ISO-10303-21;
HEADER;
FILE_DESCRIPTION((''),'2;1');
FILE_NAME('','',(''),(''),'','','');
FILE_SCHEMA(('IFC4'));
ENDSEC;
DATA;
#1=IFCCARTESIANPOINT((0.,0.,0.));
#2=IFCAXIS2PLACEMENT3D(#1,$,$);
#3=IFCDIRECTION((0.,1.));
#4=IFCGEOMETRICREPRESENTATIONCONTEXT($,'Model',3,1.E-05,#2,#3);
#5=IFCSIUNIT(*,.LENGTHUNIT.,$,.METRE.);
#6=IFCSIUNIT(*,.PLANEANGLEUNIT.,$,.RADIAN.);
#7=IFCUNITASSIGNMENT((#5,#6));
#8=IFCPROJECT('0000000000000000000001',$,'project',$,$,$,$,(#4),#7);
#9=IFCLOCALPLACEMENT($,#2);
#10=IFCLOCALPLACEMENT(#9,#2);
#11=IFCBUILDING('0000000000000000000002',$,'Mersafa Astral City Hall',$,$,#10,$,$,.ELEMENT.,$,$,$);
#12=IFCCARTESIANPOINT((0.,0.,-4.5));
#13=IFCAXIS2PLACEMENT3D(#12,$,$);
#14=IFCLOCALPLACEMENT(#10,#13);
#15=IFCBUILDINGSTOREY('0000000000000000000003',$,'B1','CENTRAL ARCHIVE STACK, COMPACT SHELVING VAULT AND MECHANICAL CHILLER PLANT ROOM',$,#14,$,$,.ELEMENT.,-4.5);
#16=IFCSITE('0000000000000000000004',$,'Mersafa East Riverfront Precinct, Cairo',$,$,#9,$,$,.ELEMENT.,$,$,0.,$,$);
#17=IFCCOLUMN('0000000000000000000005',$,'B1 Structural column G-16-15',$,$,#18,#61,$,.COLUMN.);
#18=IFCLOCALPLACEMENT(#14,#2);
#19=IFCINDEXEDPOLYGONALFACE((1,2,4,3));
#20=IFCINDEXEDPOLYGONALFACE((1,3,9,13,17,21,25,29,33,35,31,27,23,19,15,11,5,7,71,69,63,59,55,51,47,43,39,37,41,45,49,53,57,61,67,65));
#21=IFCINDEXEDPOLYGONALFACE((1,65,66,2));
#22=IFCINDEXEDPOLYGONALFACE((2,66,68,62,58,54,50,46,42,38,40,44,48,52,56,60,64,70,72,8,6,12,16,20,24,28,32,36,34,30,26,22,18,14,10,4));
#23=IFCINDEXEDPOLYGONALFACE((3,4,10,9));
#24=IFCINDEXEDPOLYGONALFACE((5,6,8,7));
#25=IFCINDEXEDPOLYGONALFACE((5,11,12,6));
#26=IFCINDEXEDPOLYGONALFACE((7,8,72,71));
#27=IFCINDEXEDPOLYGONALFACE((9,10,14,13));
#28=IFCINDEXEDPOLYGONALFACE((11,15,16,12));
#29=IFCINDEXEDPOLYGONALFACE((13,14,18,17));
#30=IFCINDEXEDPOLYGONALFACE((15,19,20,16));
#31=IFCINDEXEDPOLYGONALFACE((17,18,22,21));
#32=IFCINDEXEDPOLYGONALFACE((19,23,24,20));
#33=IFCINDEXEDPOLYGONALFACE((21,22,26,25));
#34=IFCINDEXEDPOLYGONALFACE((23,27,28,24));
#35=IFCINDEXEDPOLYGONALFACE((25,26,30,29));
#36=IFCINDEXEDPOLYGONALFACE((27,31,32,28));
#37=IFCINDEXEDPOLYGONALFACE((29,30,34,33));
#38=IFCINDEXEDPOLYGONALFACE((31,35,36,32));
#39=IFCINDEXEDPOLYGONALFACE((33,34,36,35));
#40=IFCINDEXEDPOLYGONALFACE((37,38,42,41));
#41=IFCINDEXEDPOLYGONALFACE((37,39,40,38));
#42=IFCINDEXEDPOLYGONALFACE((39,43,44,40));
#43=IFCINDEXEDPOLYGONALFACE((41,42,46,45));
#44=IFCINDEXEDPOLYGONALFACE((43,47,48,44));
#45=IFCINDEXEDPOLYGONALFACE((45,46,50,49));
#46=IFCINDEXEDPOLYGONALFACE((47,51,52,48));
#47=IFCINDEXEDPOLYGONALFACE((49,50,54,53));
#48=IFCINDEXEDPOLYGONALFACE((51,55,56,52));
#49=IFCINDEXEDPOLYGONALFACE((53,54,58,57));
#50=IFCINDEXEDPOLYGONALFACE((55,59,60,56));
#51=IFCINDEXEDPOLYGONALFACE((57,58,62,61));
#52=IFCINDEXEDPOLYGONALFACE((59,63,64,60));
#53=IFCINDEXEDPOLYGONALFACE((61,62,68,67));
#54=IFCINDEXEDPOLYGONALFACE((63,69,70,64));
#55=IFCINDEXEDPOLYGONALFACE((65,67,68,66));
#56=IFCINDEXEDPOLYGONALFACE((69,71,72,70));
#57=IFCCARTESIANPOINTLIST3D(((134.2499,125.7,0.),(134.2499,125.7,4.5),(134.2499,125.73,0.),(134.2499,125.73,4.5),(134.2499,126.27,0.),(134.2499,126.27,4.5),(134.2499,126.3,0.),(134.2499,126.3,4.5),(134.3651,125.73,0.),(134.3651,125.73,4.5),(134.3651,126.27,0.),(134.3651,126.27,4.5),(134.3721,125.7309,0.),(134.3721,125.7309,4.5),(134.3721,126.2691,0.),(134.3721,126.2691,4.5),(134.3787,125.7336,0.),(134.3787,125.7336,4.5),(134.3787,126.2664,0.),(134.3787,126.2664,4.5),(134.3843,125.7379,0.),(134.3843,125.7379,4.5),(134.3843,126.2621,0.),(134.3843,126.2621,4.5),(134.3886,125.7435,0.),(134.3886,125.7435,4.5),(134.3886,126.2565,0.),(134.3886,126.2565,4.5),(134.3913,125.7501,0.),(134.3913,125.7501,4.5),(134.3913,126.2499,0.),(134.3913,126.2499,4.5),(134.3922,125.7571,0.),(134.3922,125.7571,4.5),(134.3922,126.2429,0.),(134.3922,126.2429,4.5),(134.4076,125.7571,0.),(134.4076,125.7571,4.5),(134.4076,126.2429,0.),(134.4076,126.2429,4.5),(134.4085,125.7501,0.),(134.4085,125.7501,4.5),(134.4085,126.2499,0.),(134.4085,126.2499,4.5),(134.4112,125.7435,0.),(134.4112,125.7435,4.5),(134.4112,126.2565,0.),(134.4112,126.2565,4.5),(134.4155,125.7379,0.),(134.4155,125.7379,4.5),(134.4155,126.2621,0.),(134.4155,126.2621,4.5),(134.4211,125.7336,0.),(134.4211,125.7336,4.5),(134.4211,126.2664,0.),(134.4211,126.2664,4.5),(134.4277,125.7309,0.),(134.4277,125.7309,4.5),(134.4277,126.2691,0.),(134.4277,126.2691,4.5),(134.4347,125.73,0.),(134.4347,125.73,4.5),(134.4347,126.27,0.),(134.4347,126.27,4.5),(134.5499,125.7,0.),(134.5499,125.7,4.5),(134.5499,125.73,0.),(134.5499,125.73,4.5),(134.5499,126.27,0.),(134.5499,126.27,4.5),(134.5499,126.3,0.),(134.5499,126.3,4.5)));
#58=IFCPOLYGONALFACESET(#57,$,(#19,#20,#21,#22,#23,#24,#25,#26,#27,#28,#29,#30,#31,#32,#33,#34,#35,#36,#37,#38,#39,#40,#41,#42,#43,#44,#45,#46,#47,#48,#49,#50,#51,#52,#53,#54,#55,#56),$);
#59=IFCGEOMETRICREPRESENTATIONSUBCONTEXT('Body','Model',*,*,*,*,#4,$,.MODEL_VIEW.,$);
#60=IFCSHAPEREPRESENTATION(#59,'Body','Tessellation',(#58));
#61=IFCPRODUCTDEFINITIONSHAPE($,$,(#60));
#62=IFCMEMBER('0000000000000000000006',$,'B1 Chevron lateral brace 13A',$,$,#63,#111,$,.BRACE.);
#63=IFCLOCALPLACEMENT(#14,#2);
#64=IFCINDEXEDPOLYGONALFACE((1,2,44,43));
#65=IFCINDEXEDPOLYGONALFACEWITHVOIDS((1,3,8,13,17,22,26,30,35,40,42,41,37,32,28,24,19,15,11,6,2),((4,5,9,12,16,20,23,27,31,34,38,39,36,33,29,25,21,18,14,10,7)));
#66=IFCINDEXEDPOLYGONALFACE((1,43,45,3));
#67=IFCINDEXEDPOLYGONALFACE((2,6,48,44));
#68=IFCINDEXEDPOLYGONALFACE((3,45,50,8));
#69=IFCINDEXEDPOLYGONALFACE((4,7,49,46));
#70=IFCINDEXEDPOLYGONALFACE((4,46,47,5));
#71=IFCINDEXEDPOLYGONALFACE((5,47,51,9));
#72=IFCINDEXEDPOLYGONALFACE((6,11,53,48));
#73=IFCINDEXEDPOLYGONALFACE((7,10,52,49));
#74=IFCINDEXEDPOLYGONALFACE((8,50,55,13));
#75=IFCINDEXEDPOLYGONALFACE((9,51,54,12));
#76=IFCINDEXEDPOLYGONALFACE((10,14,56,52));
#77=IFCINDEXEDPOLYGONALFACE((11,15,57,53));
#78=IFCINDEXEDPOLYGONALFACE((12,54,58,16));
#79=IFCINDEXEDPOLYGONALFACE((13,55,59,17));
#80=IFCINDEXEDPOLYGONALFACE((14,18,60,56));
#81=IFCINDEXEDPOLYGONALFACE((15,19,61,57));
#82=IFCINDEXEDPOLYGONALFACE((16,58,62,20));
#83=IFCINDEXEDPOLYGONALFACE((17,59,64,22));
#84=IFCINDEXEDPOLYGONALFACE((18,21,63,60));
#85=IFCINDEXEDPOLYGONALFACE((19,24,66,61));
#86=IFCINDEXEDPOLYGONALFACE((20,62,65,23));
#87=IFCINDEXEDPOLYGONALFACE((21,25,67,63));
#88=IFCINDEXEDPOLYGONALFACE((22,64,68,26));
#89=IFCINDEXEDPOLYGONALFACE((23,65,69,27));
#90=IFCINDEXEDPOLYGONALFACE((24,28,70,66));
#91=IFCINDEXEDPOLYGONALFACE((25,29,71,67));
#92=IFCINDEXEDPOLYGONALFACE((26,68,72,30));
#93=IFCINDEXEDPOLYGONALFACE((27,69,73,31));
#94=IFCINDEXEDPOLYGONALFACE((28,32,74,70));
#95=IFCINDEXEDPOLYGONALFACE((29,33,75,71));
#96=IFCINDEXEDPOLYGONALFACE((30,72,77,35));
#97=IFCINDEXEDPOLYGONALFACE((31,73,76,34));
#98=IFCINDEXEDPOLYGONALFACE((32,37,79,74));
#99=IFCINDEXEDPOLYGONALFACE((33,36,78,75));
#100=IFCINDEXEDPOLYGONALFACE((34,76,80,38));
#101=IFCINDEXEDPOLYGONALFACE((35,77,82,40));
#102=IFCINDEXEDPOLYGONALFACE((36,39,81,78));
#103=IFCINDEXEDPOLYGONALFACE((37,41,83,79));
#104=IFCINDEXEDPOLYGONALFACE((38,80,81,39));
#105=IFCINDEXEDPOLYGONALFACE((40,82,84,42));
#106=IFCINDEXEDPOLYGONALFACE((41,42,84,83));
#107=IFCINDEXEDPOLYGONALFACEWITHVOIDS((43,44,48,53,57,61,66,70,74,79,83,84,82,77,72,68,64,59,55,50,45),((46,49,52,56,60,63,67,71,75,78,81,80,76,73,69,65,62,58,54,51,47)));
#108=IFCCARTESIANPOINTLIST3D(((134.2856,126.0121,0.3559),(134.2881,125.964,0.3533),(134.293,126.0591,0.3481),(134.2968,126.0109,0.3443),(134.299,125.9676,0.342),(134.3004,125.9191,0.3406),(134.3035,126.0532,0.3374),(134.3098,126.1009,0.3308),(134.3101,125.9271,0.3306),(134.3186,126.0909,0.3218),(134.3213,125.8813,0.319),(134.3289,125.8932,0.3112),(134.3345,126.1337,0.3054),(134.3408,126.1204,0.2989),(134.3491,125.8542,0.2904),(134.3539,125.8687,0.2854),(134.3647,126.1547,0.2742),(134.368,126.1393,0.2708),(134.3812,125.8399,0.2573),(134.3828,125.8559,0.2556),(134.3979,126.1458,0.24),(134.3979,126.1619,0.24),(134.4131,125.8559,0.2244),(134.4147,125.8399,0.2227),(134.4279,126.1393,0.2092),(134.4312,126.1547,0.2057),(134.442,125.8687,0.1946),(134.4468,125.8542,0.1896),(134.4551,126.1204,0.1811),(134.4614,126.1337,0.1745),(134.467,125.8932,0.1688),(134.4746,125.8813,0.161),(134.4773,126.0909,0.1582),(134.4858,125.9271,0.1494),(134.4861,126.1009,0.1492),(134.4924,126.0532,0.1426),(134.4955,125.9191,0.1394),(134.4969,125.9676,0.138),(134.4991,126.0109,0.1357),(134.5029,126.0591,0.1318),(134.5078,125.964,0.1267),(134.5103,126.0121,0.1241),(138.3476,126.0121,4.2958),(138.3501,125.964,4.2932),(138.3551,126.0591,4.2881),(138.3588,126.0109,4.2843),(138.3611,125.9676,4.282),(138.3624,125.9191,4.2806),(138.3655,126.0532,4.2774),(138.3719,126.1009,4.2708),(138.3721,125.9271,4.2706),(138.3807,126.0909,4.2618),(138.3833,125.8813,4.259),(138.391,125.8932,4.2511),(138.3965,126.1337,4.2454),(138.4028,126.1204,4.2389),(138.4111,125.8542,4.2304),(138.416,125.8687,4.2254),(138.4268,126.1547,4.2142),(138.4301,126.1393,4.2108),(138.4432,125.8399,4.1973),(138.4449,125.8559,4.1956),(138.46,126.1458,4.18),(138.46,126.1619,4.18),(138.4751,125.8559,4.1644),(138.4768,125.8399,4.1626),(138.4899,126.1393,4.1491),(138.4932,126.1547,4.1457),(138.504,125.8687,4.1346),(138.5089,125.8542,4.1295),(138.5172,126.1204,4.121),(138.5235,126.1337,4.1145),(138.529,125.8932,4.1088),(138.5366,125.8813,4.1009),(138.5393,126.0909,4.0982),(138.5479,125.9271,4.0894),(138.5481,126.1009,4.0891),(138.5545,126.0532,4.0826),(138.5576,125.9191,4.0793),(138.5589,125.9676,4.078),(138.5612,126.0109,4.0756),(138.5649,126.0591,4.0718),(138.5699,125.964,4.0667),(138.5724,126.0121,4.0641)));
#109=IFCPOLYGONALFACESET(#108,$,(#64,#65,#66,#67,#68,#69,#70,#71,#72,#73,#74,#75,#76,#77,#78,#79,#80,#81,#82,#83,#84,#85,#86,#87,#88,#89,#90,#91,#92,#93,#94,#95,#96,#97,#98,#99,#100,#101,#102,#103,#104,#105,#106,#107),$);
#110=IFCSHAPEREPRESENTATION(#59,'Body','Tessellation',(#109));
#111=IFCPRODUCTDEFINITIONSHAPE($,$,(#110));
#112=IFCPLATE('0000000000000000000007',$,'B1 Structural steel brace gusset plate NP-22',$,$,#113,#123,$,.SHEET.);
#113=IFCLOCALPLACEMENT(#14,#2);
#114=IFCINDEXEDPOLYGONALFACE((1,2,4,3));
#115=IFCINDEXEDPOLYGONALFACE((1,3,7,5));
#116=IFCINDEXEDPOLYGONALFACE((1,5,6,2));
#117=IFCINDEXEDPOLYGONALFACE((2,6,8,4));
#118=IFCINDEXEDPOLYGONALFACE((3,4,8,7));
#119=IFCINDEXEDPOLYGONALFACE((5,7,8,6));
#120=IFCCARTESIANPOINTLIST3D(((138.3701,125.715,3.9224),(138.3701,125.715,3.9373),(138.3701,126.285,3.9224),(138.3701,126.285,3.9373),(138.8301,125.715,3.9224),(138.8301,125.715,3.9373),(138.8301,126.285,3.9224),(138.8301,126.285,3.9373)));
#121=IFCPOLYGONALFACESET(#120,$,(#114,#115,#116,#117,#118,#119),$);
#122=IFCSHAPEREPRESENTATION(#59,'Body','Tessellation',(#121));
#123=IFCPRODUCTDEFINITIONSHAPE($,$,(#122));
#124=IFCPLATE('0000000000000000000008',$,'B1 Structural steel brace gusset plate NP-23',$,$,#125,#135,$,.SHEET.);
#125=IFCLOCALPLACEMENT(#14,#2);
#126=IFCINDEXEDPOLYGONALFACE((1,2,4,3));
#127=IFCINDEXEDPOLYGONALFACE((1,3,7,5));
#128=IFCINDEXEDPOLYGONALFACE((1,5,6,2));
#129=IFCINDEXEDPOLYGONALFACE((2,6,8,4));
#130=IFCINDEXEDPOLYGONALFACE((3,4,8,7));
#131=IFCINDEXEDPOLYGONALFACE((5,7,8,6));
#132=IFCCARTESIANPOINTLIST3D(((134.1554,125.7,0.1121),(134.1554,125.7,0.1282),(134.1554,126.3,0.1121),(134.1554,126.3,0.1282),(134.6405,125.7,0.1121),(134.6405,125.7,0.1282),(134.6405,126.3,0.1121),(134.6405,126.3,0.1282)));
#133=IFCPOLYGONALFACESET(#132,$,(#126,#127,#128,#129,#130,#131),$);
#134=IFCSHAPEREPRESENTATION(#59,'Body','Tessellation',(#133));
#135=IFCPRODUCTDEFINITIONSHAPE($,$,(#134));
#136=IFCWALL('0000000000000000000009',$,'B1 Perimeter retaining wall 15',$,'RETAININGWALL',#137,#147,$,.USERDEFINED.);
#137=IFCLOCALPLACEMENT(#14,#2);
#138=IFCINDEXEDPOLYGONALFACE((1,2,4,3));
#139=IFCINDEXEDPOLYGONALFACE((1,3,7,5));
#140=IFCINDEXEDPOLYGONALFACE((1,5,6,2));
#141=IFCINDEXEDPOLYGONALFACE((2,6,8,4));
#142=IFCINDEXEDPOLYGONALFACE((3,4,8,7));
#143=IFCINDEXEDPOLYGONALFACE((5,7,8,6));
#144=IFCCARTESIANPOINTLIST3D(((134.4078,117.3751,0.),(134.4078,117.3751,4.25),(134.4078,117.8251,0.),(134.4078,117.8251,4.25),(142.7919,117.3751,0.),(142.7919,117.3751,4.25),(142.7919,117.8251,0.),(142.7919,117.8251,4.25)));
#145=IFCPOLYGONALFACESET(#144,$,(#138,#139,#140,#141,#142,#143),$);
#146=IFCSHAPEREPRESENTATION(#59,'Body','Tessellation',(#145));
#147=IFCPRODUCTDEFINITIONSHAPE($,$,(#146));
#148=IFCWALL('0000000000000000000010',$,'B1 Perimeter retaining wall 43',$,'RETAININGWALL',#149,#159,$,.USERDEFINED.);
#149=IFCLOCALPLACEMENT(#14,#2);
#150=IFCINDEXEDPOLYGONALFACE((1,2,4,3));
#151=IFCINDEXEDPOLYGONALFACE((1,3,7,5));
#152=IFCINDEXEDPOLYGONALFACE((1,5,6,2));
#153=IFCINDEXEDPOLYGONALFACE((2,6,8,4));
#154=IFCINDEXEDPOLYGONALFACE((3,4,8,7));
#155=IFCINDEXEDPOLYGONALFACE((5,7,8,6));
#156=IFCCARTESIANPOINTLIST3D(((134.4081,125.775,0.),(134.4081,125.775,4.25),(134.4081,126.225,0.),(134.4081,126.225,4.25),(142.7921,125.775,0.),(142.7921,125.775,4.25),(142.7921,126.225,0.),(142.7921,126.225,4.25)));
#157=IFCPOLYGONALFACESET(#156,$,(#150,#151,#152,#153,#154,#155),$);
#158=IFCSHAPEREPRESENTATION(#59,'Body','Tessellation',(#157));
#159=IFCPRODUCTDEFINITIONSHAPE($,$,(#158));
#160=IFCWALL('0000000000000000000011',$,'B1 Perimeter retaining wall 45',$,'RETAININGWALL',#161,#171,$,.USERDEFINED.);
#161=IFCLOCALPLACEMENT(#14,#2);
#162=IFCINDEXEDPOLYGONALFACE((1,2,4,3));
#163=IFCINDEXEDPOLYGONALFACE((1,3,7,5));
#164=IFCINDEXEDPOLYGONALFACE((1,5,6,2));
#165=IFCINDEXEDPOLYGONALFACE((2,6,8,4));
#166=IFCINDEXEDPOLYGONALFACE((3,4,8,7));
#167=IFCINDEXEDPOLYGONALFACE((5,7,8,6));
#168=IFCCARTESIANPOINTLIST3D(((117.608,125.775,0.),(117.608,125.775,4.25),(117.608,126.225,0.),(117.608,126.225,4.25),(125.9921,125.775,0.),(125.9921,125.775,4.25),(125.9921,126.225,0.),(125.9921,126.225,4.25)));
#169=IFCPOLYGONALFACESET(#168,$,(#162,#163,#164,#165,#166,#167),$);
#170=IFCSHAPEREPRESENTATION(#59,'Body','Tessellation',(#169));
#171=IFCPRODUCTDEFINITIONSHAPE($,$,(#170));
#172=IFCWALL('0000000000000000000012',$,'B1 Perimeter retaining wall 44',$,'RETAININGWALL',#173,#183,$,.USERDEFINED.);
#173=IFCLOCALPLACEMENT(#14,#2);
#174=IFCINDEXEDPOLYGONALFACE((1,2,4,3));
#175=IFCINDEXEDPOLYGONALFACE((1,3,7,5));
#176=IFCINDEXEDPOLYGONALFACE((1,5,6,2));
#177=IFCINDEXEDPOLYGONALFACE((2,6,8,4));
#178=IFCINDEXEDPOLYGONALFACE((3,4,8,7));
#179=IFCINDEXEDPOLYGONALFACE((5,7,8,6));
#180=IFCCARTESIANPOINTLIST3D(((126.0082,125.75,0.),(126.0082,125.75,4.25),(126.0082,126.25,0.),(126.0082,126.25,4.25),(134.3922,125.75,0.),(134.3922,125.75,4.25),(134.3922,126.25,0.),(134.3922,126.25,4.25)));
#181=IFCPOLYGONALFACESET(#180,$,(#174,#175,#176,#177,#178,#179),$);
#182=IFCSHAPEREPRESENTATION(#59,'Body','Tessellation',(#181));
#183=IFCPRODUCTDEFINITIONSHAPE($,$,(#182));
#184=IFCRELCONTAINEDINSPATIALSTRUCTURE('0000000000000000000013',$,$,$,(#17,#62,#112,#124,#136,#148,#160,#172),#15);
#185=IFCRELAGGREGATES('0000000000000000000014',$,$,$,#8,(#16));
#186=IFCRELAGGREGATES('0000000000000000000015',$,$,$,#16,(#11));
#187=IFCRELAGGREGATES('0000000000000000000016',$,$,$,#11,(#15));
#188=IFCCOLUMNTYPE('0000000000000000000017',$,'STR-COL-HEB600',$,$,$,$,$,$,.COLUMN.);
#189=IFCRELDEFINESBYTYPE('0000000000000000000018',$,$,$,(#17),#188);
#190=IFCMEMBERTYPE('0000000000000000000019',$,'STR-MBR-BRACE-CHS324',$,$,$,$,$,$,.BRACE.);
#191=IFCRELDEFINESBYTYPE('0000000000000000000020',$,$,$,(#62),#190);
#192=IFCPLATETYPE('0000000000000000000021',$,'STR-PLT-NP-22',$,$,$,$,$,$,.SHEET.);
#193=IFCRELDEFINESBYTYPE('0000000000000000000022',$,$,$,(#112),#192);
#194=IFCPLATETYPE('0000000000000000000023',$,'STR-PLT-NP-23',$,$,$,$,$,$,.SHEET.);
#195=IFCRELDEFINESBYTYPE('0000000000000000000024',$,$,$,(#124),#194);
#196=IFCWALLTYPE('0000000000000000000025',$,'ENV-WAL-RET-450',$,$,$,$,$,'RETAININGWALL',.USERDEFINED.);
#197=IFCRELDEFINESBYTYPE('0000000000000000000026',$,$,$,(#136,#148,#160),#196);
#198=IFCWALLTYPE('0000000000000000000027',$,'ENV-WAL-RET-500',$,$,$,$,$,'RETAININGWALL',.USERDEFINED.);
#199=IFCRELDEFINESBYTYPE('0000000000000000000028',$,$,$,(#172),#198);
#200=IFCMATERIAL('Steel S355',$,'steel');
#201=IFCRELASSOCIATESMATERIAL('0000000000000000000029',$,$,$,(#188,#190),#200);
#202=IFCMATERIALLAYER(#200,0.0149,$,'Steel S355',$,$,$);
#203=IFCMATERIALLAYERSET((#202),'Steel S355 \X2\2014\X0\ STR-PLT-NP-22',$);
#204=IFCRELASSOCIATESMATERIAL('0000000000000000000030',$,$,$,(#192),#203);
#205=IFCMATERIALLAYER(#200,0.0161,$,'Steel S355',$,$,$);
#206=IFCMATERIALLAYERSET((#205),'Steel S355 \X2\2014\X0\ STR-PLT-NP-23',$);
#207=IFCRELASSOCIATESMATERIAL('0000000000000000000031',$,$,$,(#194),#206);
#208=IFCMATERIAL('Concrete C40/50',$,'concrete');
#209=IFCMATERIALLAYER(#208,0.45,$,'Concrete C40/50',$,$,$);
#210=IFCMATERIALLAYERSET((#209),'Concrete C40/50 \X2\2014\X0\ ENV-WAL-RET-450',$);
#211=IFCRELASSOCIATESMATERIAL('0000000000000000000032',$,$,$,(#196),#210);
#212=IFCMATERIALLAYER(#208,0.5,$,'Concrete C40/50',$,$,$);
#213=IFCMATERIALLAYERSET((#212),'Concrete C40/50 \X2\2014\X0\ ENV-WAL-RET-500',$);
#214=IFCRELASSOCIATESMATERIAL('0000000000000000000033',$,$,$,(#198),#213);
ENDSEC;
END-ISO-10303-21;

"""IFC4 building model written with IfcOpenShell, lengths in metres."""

from ifc_helpers import new_model, si_unit, direction, frame, frame_2d, origin, origin_2d, place, context, subcontext, project, spatial, rectangle, hollow_circle, i_section, extrude, material, layer, layer_set, material_profile, profile_set, type_object, element, save


model = new_model("IFC4")

# Units and contexts
model_context = context("Model", 3, precision=1e-05, world=origin(), true_north=direction((0.0, 1.0)))
body_context = subcontext(model_context, "Body", "Model", "MODEL_VIEW")
ifc_project = project(units=[si_unit("LENGTHUNIT", "METRE"), si_unit("PLANEANGLEUNIT", "RADIAN")], contexts=[model_context])

# Site, building, storey
site_placement = place(None, origin())
site = spatial("IfcSite", under=ifc_project, at=site_placement, Name="Mersafa East Riverfront Precinct, Cairo", CompositionType="ELEMENT", RefElevation=0.0)
building_placement = place(site_placement, origin())
building = spatial("IfcBuilding", under=site, at=building_placement, Name="Mersafa Astral City Hall", CompositionType="ELEMENT")
storey_placement = place(building_placement, frame((0.0, 0.0, -4.5)))
storey = spatial("IfcBuildingStorey", under=building, at=storey_placement, Name="B1", Description="CENTRAL ARCHIVE STACK, COMPACT SHELVING VAULT AND MECHANICAL CHILLER PLANT ROOM", CompositionType="ELEMENT", Elevation=-4.5)

# Shared definitions
ifc_material_1 = material(Name="Concrete C40/50", Category="concrete")

# Column
ifc_material_2 = material(Name="Steel S355", Category="steel")
ifc_material_profile_1 = material_profile(ifc_material_2, i_section(OverallWidth=0.3, OverallDepth=0.6001, WebThickness=0.0154, FlangeThickness=0.03, FilletRadius=0.0271, at=origin_2d()), Name="HEB 600")
ifc_profile_set_1 = profile_set([ifc_material_profile_1], Name="Steel S355")
column_type = type_object("IfcColumnType", Name="STR-COL-HEB600", PredefinedType="COLUMN", material=ifc_profile_set_1)
for number, where, z_axis, x_axis, name in (
    (1, (134.3999, 126.0, 0.0), (0.0, 0.0, 1.0), (1.0, 0.0, 0.0), "B1 Structural column G-16-15"),
):
    element("IfcColumn", number, at=place(storey_placement, frame(where, z_axis=z_axis, x_axis=x_axis)), inside=storey, type_object=column_type, Name=name, PredefinedType="COLUMN", context=body_context, shape_type="SweptSolid", body=[
        extrude(i_section(OverallWidth=0.3, OverallDepth=0.6001, WebThickness=0.0154, FlangeThickness=0.03, FilletRadius=0.0271, at=origin_2d()), origin(), (0.0, 0.0, 1.0), 4.5),
    ])

# Member
ifc_material_profile_2 = material_profile(ifc_material_2, hollow_circle(Radius=0.1619, WallThickness=0.0161, at=origin_2d()), Name="CHS 323.9x16")
ifc_profile_set_2 = profile_set([ifc_material_profile_2], Name="Steel S355")
member_type = type_object("IfcMemberType", Name="STR-MBR-BRACE-CHS324", PredefinedType="BRACE", material=ifc_profile_set_2)
member_placement = place(storey_placement, frame((134.3979, 126.0, 0.24), z_axis=(0.71781, 0.0, 0.696239), x_axis=(0.0, 1.0, 0.0)))
element("IfcMember", 2, at=member_placement, inside=storey, type_object=member_type, Name="B1 Chevron lateral brace 13A", PredefinedType="BRACE", context=body_context, shape_type="SweptSolid", body=[
    extrude(hollow_circle(Radius=0.1619, WallThickness=0.0161, at=origin_2d()), origin(), (0.0, 0.0, 1.0), 5.6589),
])

# Plates
ifc_layer_1 = layer(ifc_material_2, 0.0149, Name="Steel S355")
ifc_layer_set_1 = layer_set([ifc_layer_1], Name="Steel S355 — STR-PLT-NP-22")
plate_type_1 = type_object("IfcPlateType", Name="STR-PLT-NP-22", PredefinedType="SHEET", material=ifc_layer_set_1)
plate_1_placement = place(storey_placement, frame((138.6001, 126.0, 3.9224), z_axis=(0.0, 0.0, 1.0), x_axis=(1.0, 0.0, 0.0)))
element("IfcPlate", 3, at=plate_1_placement, inside=storey, type_object=plate_type_1, Name="B1 Structural steel brace gusset plate NP-22", PredefinedType="SHEET", context=body_context, shape_type="SweptSolid", body=[
    extrude(rectangle(XDim=0.46, YDim=0.5701, at=origin_2d()), origin(), (0.0, 0.0, 1.0), 0.0149),
])
ifc_layer_2 = layer(ifc_material_2, 0.0161, Name="Steel S355")
ifc_layer_set_2 = layer_set([ifc_layer_2], Name="Steel S355 — STR-PLT-NP-23")
plate_type_2 = type_object("IfcPlateType", Name="STR-PLT-NP-23", PredefinedType="SHEET", material=ifc_layer_set_2)
plate_2_placement = place(storey_placement, frame((134.3979, 126.0, 0.1121), z_axis=(0.0, 0.0, 1.0), x_axis=(1.0, 0.0, 0.0)))
element("IfcPlate", 4, at=plate_2_placement, inside=storey, type_object=plate_type_2, Name="B1 Structural steel brace gusset plate NP-23", PredefinedType="SHEET", context=body_context, shape_type="SweptSolid", body=[
    extrude(rectangle(XDim=0.4851, YDim=0.6001, at=origin_2d()), origin(), (0.0, 0.0, 1.0), 0.0161),
])

# Walls
ifc_layer_3 = layer(ifc_material_1, 0.45, Name="Concrete C40/50")
ifc_layer_set_3 = layer_set([ifc_layer_3], Name="Concrete C40/50 — ENV-WAL-RET-450")
wall_type_1 = type_object("IfcWallType", Name="ENV-WAL-RET-450", ElementType="RETAININGWALL", PredefinedType="USERDEFINED", material=ifc_layer_set_3)
for number, where, z_axis, x_axis, name in (
    (5, (134.408, 117.6001, 0.0), (0.0, 0.0, 1.0), (1.0, 0.0, 0.0), "B1 Perimeter retaining wall 15"),
    (6, (142.792, 126.0, 0.0), (0.0, 0.0, 1.0), (-1.0, 0.0, 0.0), "B1 Perimeter retaining wall 43"),
    (7, (125.9919, 126.0, 0.0), (0.0, 0.0, 1.0), (-1.0, 0.0, 0.0), "B1 Perimeter retaining wall 45"),
):
    element("IfcWall", number, at=place(storey_placement, frame(where, z_axis=z_axis, x_axis=x_axis)), inside=storey, type_object=wall_type_1, Name=name, ObjectType="RETAININGWALL", PredefinedType="USERDEFINED", context=body_context, shape_type="SweptSolid", body=[
        extrude(rectangle(XDim=8.384, YDim=0.45, at=frame_2d((4.1919, 0.0))), origin(), (0.0, 0.0, 1.0), 4.25),
    ])
ifc_layer_4 = layer(ifc_material_1, 0.5, Name="Concrete C40/50")
ifc_layer_set_4 = layer_set([ifc_layer_4], Name="Concrete C40/50 — ENV-WAL-RET-500")
wall_type_2 = type_object("IfcWallType", Name="ENV-WAL-RET-500", ElementType="RETAININGWALL", PredefinedType="USERDEFINED", material=ifc_layer_set_4)
wall_1_placement = place(storey_placement, frame((134.3921, 126.0, 0.0), z_axis=(0.0, 0.0, 1.0), x_axis=(-1.0, 0.0, 0.0)))
element("IfcWall", 8, at=wall_1_placement, inside=storey, type_object=wall_type_2, Name="B1 Perimeter retaining wall 44", ObjectType="RETAININGWALL", PredefinedType="USERDEFINED", context=body_context, shape_type="SweptSolid", body=[
    extrude(rectangle(XDim=8.384, YDim=0.5, at=frame_2d((4.1919, 0.0))), origin(), (0.0, 0.0, 1.0), 4.25),
])

save(model, "model.ifc")
